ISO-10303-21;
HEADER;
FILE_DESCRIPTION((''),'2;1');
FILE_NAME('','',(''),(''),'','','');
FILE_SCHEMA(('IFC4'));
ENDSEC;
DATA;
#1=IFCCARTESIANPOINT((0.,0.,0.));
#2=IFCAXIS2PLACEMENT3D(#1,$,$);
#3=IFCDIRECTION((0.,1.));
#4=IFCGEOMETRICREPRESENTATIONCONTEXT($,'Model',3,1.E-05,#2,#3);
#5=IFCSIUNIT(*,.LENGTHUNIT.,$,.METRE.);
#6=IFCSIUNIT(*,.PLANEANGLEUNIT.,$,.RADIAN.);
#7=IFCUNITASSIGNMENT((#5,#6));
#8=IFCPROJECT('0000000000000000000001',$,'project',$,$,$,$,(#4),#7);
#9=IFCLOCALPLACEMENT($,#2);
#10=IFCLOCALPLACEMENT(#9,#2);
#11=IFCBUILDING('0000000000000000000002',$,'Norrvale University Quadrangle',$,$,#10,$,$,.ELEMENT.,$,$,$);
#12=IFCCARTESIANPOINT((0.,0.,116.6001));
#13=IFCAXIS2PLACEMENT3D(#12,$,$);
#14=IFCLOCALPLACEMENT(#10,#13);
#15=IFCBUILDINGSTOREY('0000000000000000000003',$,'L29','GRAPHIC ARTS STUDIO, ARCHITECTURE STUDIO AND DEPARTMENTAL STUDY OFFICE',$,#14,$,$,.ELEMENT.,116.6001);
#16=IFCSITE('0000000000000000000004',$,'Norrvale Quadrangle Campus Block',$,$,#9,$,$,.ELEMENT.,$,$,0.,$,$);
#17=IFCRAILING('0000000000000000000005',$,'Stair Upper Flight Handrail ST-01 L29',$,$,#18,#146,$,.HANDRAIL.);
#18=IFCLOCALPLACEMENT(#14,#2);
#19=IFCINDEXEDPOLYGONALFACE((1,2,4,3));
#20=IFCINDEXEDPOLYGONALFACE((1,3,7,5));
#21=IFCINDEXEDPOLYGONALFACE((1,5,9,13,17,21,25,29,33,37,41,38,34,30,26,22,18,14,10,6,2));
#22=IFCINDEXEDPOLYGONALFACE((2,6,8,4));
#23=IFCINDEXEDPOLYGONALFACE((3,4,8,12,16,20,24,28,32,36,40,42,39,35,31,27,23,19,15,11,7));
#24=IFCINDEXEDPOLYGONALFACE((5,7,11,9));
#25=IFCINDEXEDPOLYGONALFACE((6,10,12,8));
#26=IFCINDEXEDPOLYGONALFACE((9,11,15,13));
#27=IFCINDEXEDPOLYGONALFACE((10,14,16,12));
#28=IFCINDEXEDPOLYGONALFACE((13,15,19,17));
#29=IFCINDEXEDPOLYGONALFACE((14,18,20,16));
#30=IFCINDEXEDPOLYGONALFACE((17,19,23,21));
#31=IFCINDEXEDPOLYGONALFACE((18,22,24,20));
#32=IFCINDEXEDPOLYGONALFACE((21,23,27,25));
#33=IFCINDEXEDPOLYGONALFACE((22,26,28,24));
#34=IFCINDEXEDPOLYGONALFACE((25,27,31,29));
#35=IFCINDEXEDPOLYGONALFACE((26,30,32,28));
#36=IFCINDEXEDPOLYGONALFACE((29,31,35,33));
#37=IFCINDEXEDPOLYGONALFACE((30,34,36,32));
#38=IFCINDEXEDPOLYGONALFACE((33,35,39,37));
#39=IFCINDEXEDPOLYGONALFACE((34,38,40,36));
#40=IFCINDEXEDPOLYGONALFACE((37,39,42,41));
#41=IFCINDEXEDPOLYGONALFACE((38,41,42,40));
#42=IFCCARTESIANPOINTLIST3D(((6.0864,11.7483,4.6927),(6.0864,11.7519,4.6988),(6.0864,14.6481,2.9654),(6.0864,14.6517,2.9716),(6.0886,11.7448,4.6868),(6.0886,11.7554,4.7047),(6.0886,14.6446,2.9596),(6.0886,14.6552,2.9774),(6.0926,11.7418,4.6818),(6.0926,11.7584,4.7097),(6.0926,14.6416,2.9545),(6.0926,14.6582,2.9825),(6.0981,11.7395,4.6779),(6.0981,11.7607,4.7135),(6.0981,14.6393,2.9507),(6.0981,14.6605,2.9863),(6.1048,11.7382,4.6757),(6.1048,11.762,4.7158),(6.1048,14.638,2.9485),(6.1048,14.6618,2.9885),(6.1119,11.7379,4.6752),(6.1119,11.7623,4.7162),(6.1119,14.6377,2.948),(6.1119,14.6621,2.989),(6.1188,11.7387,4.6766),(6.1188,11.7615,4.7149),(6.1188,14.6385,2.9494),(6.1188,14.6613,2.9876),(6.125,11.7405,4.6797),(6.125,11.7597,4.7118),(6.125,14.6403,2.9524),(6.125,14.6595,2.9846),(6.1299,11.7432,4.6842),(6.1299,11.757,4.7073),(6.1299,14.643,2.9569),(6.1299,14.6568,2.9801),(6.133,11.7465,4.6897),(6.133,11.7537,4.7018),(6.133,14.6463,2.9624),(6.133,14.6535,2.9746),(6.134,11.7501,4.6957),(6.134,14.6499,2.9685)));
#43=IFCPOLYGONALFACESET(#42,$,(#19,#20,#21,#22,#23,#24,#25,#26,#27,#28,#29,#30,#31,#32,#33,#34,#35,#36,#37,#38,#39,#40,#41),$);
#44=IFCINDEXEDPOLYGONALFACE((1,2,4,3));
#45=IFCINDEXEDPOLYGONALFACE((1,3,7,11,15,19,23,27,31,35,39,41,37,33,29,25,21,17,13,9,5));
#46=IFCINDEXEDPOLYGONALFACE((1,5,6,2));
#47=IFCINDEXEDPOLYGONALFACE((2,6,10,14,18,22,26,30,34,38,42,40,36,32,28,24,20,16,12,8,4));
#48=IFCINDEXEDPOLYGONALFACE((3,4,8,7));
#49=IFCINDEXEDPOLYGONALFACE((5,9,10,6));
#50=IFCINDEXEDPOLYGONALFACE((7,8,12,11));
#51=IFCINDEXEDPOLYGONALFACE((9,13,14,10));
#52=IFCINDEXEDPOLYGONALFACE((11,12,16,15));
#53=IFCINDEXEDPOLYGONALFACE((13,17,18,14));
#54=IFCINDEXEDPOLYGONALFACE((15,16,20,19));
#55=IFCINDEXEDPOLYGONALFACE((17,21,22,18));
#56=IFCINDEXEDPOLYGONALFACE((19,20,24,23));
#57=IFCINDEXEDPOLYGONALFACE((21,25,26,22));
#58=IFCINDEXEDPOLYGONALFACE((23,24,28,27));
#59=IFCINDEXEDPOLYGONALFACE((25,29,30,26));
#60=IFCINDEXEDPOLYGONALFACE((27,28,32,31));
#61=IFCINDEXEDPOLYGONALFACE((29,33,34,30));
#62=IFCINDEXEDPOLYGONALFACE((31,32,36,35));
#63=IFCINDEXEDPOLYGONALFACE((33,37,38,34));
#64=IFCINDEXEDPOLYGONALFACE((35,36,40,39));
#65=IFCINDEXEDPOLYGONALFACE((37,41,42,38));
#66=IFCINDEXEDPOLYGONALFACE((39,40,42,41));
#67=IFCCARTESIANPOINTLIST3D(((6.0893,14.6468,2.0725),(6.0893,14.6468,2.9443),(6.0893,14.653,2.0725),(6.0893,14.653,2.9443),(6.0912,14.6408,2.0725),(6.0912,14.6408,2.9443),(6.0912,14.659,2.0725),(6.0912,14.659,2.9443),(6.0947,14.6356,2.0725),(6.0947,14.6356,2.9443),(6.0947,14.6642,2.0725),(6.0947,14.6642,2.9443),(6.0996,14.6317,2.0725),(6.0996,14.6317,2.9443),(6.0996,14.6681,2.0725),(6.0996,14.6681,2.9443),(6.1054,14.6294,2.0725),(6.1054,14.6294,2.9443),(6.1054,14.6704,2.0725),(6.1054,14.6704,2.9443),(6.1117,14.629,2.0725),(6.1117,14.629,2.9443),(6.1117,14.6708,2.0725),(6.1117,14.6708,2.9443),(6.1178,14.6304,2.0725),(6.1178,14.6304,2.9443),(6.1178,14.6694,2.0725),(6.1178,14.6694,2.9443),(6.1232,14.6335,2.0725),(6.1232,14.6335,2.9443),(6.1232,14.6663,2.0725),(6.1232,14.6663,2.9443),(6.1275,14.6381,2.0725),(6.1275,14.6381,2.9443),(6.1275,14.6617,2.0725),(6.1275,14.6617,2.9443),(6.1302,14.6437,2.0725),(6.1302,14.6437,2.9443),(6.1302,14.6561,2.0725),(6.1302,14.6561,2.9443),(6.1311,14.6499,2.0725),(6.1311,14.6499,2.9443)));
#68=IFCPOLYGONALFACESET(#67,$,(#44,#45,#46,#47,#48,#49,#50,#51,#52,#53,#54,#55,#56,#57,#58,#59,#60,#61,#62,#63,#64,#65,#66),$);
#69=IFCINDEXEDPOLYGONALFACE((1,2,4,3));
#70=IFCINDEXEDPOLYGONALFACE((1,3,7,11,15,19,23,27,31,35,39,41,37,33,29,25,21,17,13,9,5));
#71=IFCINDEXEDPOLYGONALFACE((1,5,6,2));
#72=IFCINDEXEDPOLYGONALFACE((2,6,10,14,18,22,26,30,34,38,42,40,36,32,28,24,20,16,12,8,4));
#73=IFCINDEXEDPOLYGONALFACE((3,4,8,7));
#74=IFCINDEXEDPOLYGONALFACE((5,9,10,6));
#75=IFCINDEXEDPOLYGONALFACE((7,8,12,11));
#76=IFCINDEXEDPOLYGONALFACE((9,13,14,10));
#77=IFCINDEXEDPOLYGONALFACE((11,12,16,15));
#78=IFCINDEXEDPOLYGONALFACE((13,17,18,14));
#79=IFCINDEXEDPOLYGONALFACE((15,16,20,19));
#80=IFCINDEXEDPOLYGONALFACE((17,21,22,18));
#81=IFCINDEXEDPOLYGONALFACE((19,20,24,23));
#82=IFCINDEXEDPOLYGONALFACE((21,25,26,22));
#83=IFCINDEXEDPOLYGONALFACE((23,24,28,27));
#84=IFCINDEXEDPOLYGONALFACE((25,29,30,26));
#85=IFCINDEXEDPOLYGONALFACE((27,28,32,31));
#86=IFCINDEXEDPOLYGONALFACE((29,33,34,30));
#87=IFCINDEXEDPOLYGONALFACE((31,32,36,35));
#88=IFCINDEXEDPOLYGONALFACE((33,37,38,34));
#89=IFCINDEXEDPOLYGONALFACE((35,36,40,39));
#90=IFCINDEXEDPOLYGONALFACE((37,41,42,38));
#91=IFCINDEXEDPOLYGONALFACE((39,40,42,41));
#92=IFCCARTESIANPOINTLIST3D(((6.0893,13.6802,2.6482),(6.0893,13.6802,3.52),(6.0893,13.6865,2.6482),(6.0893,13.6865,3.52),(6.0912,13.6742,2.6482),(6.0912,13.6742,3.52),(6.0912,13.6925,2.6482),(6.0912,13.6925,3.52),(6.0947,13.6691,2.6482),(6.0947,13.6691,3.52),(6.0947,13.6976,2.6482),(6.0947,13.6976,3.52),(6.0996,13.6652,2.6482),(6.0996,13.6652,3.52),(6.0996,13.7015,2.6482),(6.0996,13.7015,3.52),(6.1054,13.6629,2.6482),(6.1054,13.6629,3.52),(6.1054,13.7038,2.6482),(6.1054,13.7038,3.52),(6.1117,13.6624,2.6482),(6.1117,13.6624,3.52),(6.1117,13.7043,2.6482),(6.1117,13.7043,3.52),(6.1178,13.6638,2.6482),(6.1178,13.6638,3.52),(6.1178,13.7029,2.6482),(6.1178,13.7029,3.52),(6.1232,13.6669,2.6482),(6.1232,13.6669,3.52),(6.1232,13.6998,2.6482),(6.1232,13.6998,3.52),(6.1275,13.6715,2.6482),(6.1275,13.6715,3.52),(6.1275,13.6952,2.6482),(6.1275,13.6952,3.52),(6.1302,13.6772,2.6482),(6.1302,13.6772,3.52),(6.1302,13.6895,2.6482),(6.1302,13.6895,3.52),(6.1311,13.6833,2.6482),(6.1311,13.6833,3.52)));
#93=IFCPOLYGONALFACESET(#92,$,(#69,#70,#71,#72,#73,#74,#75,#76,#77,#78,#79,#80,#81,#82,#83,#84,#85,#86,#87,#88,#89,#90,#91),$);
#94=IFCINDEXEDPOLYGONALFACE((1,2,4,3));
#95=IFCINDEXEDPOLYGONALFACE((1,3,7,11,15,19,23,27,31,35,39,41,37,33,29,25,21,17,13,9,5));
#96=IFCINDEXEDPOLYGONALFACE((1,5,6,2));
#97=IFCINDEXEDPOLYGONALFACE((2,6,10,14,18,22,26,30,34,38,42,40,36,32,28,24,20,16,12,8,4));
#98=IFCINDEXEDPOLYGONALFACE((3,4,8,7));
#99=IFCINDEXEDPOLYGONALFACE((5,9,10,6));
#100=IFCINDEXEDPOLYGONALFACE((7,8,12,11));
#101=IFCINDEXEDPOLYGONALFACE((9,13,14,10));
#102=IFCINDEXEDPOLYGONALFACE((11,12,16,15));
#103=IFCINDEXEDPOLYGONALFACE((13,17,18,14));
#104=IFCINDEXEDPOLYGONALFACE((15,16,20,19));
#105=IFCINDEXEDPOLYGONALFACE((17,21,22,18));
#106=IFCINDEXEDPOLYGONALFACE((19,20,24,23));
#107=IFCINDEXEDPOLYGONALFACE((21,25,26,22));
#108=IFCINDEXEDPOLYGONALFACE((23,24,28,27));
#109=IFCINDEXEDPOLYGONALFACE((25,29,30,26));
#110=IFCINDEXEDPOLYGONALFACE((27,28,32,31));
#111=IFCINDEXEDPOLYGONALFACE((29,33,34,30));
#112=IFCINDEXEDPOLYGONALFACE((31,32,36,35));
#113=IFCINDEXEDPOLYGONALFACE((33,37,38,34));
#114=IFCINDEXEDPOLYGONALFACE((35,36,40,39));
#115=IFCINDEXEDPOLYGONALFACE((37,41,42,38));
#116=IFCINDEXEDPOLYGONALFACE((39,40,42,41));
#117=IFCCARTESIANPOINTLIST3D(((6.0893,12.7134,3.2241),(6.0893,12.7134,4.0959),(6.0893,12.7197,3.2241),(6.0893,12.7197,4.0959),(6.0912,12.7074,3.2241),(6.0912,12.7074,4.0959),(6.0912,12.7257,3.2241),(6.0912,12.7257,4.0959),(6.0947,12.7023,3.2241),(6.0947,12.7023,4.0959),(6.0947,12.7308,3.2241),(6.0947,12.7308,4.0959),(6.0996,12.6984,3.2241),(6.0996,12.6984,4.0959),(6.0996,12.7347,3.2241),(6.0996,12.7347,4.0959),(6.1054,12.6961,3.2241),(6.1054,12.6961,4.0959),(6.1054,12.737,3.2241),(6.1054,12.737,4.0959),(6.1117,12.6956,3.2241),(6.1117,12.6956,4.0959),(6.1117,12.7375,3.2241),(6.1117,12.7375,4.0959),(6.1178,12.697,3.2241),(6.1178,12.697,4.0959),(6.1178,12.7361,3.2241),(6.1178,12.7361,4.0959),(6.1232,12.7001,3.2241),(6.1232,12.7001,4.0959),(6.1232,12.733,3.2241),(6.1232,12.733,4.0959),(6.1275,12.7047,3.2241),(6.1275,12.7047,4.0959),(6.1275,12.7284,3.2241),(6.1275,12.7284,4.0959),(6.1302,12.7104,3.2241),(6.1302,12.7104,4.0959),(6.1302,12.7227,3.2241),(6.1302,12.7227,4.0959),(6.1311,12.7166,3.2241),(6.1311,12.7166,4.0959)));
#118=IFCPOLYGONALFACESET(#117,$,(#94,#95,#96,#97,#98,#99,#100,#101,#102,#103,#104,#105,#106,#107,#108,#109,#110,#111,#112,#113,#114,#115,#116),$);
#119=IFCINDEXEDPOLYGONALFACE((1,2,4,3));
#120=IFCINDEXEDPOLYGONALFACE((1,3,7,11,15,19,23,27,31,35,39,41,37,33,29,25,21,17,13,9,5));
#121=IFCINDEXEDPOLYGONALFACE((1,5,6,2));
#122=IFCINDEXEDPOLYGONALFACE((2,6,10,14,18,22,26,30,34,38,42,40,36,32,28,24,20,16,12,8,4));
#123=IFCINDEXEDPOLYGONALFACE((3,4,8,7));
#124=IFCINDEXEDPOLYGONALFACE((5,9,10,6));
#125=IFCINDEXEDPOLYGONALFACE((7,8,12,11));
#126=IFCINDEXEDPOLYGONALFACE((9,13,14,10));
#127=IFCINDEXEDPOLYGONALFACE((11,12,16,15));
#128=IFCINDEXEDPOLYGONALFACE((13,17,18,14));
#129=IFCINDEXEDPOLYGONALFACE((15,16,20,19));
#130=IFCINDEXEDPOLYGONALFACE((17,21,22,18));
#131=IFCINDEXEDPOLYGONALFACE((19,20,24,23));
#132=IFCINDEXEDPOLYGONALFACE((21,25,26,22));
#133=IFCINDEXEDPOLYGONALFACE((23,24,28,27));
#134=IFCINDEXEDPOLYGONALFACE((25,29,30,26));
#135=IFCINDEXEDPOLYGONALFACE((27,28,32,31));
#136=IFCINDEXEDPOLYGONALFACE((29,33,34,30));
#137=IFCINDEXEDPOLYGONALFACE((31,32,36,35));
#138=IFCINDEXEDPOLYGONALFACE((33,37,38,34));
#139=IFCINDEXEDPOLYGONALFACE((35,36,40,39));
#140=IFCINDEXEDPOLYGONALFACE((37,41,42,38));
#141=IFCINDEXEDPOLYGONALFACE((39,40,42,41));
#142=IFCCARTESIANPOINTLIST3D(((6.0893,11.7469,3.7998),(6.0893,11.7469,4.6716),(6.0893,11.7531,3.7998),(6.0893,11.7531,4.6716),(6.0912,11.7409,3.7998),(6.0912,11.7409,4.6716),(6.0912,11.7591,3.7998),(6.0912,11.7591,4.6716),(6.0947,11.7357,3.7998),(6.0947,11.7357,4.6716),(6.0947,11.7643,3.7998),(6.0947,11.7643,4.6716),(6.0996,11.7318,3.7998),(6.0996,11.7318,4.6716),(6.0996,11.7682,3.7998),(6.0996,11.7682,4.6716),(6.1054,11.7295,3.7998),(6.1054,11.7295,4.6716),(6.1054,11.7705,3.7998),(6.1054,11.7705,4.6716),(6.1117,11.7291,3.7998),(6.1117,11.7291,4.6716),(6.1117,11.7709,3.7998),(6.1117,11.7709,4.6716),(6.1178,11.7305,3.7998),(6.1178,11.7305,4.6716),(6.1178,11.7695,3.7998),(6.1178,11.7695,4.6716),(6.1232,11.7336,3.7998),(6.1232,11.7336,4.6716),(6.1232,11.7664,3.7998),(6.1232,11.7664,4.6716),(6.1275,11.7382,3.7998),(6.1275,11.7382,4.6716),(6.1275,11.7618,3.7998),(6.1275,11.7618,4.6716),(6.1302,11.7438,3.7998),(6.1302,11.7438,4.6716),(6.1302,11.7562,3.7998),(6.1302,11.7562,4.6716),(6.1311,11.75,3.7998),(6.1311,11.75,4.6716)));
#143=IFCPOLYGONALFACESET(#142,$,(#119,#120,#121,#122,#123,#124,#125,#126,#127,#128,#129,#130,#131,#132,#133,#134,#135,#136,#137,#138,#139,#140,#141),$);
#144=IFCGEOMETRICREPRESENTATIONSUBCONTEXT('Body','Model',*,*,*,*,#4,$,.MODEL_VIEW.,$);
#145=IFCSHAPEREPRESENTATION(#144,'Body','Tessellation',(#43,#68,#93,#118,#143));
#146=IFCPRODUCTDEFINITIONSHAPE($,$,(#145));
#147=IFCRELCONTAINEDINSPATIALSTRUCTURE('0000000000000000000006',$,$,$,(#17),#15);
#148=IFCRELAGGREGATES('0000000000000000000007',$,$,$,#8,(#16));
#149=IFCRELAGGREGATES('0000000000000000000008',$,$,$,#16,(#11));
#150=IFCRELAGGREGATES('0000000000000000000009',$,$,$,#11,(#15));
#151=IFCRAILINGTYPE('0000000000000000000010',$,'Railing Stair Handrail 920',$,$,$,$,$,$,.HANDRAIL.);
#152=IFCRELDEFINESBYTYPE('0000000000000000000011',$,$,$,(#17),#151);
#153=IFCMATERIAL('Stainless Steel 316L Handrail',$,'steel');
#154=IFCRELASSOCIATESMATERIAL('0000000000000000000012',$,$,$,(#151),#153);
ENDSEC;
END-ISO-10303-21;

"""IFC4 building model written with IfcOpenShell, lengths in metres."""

from ifc_helpers import new_model, si_unit, direction, frame, origin, origin_2d, place, context, subcontext, project, spatial, circle, extrude, material, type_object, element, save


model = new_model("IFC4")

# Units and contexts
model_context = context("Model", 3, precision=1e-05, world=origin(), true_north=direction((0.0, 1.0)))
body_context = subcontext(model_context, "Body", "Model", "MODEL_VIEW")
ifc_project = project(units=[si_unit("LENGTHUNIT", "METRE"), si_unit("PLANEANGLEUNIT", "RADIAN")], contexts=[model_context])

# Site, building, storey
site_placement = place(None, origin())
site = spatial("IfcSite", under=ifc_project, at=site_placement, Name="Norrvale Quadrangle Campus Block", CompositionType="ELEMENT", RefElevation=0.0)
building_placement = place(site_placement, origin())
building = spatial("IfcBuilding", under=site, at=building_placement, Name="Norrvale University Quadrangle", CompositionType="ELEMENT")
storey_placement = place(building_placement, frame((0.0, 0.0, 116.6001)))
storey = spatial("IfcBuildingStorey", under=building, at=storey_placement, Name="L29", Description="GRAPHIC ARTS STUDIO, ARCHITECTURE STUDIO AND DEPARTMENTAL STUDY OFFICE", CompositionType="ELEMENT", Elevation=116.6001)

# Railing
ifc_material_1 = material(Name="Stainless Steel 316L Handrail", Category="steel")
railing_type_1 = type_object("IfcRailingType", Name="Railing Stair Handrail 920", PredefinedType="HANDRAIL", material=ifc_material_1)
railing_1_placement = place(storey_placement, frame((6.1101, 14.6499, 2.0725)))
element("IfcRailing", 1, at=railing_1_placement, inside=storey, type_object=railing_type_1, Name="Stair Upper Flight Handrail ST-01 L29", PredefinedType="HANDRAIL", context=body_context, shape_type="SweptSolid", body=[
    extrude(circle(Radius=0.0239, at=origin_2d()), frame((0.0, 0.0, 0.896), z_axis=(0.0, -0.859141, 0.511738), x_axis=(1.0, 0.0, 0.0)), (0.0, 0.0, 1.0), 3.3752),
    extrude(circle(Radius=0.021, at=origin_2d()), origin(), (0.0, 0.0, 1.0), 0.8718),
    extrude(circle(Radius=0.021, at=origin_2d()), frame((0.0, -0.9666, 0.5757)), (0.0, 0.0, 1.0), 0.8718),
    extrude(circle(Radius=0.021, at=origin_2d()), frame((0.0, -1.9333, 1.1516)), (0.0, 0.0, 1.0), 0.8718),
    extrude(circle(Radius=0.021, at=origin_2d()), frame((0.0, -2.8999, 1.7273)), (0.0, 0.0, 1.0), 0.8718),
])

save(model, "model.ifc")
